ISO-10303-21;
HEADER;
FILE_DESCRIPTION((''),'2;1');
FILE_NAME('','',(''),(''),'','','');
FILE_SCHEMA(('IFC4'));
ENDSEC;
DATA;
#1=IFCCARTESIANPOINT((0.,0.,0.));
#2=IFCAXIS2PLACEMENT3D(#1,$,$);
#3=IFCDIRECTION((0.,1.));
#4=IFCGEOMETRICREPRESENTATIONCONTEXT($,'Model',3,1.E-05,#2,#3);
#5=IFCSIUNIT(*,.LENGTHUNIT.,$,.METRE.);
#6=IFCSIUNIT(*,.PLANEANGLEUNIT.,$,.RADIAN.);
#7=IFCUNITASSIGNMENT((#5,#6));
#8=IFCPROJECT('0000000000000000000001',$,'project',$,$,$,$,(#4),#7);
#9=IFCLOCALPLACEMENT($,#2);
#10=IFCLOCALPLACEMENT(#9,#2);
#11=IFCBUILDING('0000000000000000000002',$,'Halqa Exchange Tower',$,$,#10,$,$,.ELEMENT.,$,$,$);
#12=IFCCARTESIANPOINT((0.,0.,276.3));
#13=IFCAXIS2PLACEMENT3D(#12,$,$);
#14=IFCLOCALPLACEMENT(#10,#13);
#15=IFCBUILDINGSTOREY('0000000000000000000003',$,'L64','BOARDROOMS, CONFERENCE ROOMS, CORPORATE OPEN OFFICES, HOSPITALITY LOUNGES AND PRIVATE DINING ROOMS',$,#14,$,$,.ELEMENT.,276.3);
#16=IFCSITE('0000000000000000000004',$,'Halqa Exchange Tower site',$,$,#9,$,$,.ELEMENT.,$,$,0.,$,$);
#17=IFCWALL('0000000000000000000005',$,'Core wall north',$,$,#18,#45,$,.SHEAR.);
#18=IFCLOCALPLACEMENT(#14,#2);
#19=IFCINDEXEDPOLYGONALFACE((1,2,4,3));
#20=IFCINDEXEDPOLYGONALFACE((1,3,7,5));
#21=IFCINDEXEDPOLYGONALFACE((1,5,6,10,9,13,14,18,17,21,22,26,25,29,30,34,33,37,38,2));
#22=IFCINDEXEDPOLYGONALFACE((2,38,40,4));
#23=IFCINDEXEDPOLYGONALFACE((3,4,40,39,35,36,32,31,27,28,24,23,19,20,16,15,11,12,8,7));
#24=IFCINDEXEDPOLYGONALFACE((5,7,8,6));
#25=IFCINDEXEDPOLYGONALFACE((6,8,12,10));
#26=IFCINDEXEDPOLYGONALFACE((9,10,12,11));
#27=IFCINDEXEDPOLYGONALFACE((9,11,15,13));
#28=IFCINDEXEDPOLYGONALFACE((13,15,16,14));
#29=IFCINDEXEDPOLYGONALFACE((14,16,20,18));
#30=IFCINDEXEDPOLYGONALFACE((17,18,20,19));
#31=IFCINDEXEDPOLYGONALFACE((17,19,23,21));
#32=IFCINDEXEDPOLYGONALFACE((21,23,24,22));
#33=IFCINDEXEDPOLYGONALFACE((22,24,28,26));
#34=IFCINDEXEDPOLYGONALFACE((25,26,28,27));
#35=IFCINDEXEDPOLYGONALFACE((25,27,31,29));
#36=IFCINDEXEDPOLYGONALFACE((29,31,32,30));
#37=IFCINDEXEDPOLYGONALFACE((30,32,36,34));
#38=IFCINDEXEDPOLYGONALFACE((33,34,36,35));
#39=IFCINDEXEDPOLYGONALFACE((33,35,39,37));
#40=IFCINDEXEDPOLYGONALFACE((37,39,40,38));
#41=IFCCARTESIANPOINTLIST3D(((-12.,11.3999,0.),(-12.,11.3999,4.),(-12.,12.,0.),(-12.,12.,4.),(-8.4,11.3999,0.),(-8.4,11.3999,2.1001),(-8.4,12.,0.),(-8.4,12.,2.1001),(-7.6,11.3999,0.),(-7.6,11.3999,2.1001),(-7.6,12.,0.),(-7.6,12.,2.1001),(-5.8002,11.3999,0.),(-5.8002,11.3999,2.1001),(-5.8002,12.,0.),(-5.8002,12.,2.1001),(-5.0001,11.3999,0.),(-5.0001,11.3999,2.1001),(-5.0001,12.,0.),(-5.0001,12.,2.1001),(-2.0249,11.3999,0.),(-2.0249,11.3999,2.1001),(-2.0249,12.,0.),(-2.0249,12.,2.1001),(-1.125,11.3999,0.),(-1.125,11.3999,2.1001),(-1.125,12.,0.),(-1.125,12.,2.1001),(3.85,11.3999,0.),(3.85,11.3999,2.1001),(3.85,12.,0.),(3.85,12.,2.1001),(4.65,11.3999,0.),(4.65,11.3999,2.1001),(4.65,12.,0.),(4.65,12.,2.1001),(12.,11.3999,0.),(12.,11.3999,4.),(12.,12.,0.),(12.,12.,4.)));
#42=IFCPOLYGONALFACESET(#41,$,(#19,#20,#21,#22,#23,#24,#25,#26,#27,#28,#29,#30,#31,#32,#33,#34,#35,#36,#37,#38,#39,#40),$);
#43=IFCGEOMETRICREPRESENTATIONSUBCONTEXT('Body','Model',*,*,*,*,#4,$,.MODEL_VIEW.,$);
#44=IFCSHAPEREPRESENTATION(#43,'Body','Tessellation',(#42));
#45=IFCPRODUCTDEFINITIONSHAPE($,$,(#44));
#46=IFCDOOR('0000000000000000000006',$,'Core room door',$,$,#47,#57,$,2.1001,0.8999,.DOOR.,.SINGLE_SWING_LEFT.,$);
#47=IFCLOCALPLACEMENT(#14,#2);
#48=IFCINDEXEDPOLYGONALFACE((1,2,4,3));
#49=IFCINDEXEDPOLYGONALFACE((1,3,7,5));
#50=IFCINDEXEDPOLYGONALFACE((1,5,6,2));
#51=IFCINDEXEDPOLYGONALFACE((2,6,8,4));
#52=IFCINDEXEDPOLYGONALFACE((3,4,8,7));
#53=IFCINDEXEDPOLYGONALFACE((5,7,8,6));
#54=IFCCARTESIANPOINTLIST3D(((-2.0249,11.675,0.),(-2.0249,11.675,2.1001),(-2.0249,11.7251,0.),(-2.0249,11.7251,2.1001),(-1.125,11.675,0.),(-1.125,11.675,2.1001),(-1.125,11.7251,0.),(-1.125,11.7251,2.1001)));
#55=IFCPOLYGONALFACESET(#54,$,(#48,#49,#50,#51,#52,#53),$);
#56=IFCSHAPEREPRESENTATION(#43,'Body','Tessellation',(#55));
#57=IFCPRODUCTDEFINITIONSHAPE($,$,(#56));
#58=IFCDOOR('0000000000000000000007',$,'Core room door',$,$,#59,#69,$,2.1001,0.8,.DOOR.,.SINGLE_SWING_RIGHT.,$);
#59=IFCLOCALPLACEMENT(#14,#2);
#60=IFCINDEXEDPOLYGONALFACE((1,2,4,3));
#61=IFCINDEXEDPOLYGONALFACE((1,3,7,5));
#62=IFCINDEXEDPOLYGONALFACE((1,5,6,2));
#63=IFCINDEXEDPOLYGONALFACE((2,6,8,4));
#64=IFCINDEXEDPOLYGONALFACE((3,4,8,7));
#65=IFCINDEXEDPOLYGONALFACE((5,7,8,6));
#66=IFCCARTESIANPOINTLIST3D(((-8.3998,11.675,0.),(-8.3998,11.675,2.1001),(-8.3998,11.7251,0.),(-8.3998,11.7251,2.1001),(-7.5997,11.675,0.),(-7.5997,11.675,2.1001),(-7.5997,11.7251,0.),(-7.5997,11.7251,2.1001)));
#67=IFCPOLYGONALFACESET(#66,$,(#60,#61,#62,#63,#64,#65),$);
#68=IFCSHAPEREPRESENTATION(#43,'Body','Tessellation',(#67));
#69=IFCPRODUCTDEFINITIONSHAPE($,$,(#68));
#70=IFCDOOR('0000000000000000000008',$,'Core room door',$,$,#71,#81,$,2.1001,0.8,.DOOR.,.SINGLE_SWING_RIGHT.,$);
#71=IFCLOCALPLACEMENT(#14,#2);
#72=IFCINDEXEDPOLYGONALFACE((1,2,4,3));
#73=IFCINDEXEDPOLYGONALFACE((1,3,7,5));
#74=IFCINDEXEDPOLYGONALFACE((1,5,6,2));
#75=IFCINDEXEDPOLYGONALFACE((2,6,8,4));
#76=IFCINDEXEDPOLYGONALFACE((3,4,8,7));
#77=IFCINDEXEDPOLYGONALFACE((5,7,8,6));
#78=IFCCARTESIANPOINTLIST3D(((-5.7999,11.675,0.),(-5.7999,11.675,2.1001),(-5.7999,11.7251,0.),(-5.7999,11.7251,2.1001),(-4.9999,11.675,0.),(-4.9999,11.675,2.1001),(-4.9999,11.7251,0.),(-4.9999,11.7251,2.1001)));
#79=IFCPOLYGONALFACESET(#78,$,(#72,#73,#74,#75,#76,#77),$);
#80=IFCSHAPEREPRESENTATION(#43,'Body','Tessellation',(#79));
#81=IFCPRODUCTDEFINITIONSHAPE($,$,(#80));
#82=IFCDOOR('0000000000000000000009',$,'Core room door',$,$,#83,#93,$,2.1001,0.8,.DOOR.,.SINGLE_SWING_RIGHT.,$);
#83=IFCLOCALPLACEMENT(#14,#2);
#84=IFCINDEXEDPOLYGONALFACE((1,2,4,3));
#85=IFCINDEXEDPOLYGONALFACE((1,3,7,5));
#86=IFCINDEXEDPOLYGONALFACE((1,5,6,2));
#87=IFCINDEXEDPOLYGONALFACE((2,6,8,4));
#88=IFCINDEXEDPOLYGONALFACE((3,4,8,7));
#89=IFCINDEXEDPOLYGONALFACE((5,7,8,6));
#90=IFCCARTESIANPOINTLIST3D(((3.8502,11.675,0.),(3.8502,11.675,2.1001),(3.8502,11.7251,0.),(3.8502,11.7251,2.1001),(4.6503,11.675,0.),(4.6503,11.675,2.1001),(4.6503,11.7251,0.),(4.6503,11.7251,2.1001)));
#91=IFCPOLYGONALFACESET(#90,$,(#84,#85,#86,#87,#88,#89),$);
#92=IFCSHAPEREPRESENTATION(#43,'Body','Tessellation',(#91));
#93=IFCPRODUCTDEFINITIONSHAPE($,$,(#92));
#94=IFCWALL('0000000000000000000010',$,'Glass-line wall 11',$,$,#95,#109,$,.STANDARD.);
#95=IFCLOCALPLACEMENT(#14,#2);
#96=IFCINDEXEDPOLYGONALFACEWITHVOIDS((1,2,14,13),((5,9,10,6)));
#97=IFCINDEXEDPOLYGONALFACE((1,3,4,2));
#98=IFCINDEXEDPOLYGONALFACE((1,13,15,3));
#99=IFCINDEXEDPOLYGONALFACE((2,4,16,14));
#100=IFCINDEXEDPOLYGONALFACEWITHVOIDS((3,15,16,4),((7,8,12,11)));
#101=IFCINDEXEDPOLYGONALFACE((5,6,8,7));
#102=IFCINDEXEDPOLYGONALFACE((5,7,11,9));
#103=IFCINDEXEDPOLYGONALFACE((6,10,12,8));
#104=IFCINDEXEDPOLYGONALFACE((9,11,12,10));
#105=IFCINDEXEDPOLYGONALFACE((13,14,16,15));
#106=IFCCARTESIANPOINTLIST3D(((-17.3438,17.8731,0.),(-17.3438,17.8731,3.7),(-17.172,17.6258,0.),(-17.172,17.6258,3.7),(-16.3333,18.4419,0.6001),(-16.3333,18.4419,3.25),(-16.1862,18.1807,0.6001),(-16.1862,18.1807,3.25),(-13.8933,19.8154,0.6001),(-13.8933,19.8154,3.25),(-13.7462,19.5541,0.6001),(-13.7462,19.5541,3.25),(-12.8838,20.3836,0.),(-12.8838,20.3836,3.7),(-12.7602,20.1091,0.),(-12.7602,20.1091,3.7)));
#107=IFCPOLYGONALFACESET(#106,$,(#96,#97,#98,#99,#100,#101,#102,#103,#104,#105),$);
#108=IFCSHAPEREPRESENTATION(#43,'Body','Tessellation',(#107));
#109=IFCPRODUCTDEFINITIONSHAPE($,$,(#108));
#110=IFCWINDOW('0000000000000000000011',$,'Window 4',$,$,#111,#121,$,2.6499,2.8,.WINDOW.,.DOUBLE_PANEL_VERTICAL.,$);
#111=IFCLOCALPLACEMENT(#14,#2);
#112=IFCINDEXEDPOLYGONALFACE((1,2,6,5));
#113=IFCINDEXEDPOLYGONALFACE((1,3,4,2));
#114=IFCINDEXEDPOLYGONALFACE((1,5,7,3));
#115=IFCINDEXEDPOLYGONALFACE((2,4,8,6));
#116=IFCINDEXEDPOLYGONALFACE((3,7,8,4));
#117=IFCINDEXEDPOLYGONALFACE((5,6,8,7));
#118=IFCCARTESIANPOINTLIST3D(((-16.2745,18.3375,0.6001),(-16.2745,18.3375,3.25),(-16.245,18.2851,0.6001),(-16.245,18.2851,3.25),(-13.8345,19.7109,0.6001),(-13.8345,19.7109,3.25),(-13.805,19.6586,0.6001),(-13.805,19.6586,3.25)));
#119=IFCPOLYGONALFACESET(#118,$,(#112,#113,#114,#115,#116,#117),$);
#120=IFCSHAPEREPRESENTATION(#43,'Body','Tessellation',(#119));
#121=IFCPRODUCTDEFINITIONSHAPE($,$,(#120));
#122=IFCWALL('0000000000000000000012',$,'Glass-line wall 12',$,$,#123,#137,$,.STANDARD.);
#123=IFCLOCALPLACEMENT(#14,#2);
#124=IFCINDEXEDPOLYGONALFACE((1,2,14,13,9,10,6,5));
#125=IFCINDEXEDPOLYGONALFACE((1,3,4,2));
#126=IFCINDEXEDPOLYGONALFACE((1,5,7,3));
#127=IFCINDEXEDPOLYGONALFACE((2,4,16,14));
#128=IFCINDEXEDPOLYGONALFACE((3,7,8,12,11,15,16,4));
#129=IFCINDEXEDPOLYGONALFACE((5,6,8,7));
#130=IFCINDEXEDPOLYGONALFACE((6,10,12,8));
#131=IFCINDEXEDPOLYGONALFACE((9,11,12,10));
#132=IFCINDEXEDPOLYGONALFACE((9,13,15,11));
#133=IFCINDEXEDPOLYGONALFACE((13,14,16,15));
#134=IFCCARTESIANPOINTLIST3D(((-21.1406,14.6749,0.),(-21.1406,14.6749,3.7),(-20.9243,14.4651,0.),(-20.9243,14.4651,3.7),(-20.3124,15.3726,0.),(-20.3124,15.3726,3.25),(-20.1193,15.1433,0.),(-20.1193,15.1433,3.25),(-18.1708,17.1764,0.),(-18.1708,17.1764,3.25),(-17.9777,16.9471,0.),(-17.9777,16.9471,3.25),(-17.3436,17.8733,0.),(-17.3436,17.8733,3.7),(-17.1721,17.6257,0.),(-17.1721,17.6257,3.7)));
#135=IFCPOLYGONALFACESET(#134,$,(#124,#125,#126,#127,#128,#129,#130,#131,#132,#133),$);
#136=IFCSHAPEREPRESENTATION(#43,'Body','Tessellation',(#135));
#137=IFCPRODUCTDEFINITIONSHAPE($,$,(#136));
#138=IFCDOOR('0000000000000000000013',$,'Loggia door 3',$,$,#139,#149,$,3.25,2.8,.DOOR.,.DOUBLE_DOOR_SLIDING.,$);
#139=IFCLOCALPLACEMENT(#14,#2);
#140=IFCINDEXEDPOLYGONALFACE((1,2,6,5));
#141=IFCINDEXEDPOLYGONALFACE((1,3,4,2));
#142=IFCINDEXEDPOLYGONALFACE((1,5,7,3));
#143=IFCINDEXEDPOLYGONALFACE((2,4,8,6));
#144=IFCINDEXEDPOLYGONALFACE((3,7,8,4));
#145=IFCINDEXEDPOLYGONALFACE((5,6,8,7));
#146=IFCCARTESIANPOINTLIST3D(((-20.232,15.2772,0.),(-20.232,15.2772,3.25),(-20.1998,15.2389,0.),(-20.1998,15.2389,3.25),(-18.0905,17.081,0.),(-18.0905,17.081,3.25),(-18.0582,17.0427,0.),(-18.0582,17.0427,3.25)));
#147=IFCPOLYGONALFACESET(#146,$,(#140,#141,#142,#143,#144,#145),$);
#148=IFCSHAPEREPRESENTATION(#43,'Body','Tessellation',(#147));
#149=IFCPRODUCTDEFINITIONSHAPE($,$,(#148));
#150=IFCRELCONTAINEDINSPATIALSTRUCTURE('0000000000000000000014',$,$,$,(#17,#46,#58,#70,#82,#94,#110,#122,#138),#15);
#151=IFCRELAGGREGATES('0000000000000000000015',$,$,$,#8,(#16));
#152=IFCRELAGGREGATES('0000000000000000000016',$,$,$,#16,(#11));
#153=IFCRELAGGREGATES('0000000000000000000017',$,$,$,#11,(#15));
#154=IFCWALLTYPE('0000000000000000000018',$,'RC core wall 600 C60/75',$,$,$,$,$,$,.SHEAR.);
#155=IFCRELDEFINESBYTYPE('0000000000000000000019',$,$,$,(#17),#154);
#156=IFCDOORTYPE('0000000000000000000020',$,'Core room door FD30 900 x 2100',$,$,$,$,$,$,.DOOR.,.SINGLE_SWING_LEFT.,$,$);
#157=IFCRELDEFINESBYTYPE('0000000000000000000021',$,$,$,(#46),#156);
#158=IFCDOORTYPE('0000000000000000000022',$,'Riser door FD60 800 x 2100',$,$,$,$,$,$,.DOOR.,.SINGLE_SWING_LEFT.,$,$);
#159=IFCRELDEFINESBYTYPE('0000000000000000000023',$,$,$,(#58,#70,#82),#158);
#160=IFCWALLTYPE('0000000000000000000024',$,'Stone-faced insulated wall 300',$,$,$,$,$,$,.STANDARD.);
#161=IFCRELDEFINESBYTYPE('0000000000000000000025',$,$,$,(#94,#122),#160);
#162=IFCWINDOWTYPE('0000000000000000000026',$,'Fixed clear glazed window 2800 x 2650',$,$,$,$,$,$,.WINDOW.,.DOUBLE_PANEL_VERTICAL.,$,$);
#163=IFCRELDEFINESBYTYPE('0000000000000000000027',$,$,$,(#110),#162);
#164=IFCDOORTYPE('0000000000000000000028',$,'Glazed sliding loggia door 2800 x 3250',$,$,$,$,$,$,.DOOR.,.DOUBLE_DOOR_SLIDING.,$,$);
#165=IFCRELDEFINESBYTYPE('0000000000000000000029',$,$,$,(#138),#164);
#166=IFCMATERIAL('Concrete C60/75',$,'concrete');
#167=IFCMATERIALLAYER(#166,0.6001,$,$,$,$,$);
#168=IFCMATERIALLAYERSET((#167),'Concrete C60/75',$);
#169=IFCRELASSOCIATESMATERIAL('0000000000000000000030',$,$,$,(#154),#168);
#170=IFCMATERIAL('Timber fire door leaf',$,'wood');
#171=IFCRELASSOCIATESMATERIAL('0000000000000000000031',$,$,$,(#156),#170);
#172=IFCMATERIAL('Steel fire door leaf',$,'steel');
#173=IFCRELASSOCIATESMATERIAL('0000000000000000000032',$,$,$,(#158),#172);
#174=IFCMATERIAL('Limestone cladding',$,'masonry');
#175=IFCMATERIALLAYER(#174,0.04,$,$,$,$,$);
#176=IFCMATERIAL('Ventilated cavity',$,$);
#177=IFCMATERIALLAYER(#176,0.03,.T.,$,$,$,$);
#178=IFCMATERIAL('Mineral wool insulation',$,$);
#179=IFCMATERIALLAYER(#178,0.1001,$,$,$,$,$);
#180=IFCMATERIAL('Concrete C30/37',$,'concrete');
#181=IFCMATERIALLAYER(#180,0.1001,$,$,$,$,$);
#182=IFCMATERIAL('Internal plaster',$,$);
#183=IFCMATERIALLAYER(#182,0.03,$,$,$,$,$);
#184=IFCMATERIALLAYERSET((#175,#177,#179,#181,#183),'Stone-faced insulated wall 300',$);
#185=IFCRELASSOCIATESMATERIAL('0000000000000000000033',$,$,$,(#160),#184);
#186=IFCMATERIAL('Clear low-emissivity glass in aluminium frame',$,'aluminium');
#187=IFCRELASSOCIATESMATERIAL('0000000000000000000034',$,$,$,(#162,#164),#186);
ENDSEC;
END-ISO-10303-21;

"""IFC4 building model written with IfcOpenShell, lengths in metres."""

from ifc_helpers import new_model, si_unit, direction, frame, frame_2d, origin, place, context, subcontext, project, spatial, polyline, rectangle, outline, extrude, material, layer, layer_set, type_object, element, fill, save


model = new_model("IFC4")

# Units and contexts
model_context = context("Model", 3, precision=1e-05, world=origin(), true_north=direction((0.0, 1.0)))
body_context = subcontext(model_context, "Body", "Model", "MODEL_VIEW")
ifc_project = project(units=[si_unit("LENGTHUNIT", "METRE"), si_unit("PLANEANGLEUNIT", "RADIAN")], contexts=[model_context])

# Site, building, storey
site_placement = place(None, origin())
site = spatial("IfcSite", under=ifc_project, at=site_placement, Name="Halqa Exchange Tower site", CompositionType="ELEMENT", RefElevation=0.0)
building_placement = place(site_placement, origin())
building = spatial("IfcBuilding", under=site, at=building_placement, Name="Halqa Exchange Tower", CompositionType="ELEMENT")
storey_placement = place(building_placement, frame((0.0, 0.0, 276.3)))
storey = spatial("IfcBuildingStorey", under=building, at=storey_placement, Name="L64", Description="BOARDROOMS, CONFERENCE ROOMS, CORPORATE OPEN OFFICES, HOSPITALITY LOUNGES AND PRIVATE DINING ROOMS", CompositionType="ELEMENT", Elevation=276.3)

# Shared definitions
ifc_material_1 = material(Name="Concrete C60/75", Category="concrete")

# Wall, openings, doors
ifc_material_2 = material(Name="Steel fire door leaf", Category="steel")
ifc_layer_1 = layer(ifc_material_1, 0.6001)
ifc_layer_set_1 = layer_set([ifc_layer_1], Name="Concrete C60/75")
wall_type_1 = type_object("IfcWallType", Name="RC core wall 600 C60/75", PredefinedType="SHEAR", material=ifc_layer_set_1)
wall_1_placement = place(storey_placement, frame((-12.0, 11.7, 0.0), z_axis=(0.0, 0.0, 1.0), x_axis=(1.0, 0.0, 0.0)))
wall_1 = element("IfcWall", 1, at=wall_1_placement, inside=storey, type_object=wall_type_1, Name="Core wall north", PredefinedType="SHEAR", context=body_context, shape_type="SweptSolid", body=[
    extrude(rectangle(XDim=24.0, YDim=0.6001, at=frame_2d((12.0, 0.0))), origin(), (0.0, 0.0, 1.0), 4.0),
])
opening_1_placement = place(wall_1_placement, frame((9.9751, 0.0, 0.0)))
opening_1 = element("IfcOpeningElement", 2, at=opening_1_placement, cuts=wall_1, PredefinedType="OPENING", context=body_context, shape_type="SweptSolid", body=[
    extrude(rectangle(XDim=0.8999, YDim=2.1001, at=frame_2d((0.45, 1.05))), frame((0.0, 0.312, 0.0), z_axis=(0.0, -1.0, 0.0), x_axis=(1.0, 0.0, 0.0)), (0.0, 0.0, 1.0), 0.624),
])
opening_2_placement = place(wall_1_placement, frame((3.6001, 0.0, 0.0)))
opening_2 = element("IfcOpeningElement", 3, at=opening_2_placement, cuts=wall_1, PredefinedType="OPENING", context=body_context, shape_type="SweptSolid", body=[
    extrude(rectangle(XDim=0.8, YDim=2.1001, at=frame_2d((0.3999, 1.05))), frame((0.0, 0.312, 0.0), z_axis=(0.0, -1.0, 0.0), x_axis=(1.0, 0.0, 0.0)), (0.0, 0.0, 1.0), 0.624),
])
opening_3_placement = place(wall_1_placement, frame((6.2, 0.0, 0.0)))
opening_3 = element("IfcOpeningElement", 4, at=opening_3_placement, cuts=wall_1, PredefinedType="OPENING", context=body_context, shape_type="SweptSolid", body=[
    extrude(rectangle(XDim=0.8, YDim=2.1001, at=frame_2d((0.3999, 1.05))), frame((0.0, 0.312, 0.0), z_axis=(0.0, -1.0, 0.0), x_axis=(1.0, 0.0, 0.0)), (0.0, 0.0, 1.0), 0.624),
])
opening_4_placement = place(wall_1_placement, frame((15.8501, 0.0, 0.0)))
opening_4 = element("IfcOpeningElement", 5, at=opening_4_placement, cuts=wall_1, PredefinedType="OPENING", context=body_context, shape_type="SweptSolid", body=[
    extrude(rectangle(XDim=0.8, YDim=2.1001, at=frame_2d((0.3999, 1.05))), frame((0.0, 0.312, 0.0), z_axis=(0.0, -1.0, 0.0), x_axis=(1.0, 0.0, 0.0)), (0.0, 0.0, 1.0), 0.624),
])
ifc_material_3 = material(Name="Timber fire door leaf", Category="wood")
door_type_1 = type_object("IfcDoorType", Name="Core room door FD30 900 x 2100", OperationType="SINGLE_SWING_LEFT", PredefinedType="DOOR", material=ifc_material_3)
door_1_placement = place(opening_1_placement, frame((0.8999, 0.0, 0.0), z_axis=(0.0, 0.0, 1.0), x_axis=(-1.0, 0.0, 0.0)))
door_1 = element("IfcDoor", 6, at=door_1_placement, inside=storey, type_object=door_type_1, Name="Core room door", OperationType="SINGLE_SWING_LEFT", OverallHeight=2.1001, OverallWidth=0.8999, PredefinedType="DOOR", context=body_context, shape_type="SweptSolid", body=[
    extrude(rectangle(XDim=0.8999, YDim=2.1001, at=frame_2d((0.45, 1.05))), frame((0.0, 0.0249, 0.0), z_axis=(0.0, -1.0, 0.0), x_axis=(1.0, 0.0, 0.0)), (0.0, 0.0, 1.0), 0.05),
])
fill(opening_1, door_1)
door_type_2 = type_object("IfcDoorType", Name="Riser door FD60 800 x 2100", OperationType="SINGLE_SWING_LEFT", PredefinedType="DOOR", material=ifc_material_2)
door_2_placement = place(opening_2_placement, frame((0.8, 0.0, 0.0), z_axis=(0.0, 0.0, 1.0), x_axis=(-1.0, 0.0, 0.0)))
door_2 = element("IfcDoor", 7, at=door_2_placement, inside=storey, type_object=door_type_2, Name="Core room door", OperationType="SINGLE_SWING_RIGHT", OverallHeight=2.1001, OverallWidth=0.8, PredefinedType="DOOR", context=body_context, shape_type="SweptSolid", body=[
    extrude(rectangle(XDim=0.8, YDim=2.1001, at=frame_2d((0.3999, 1.05))), frame((0.0, 0.0249, 0.0), z_axis=(0.0, -1.0, 0.0), x_axis=(1.0, 0.0, 0.0)), (0.0, 0.0, 1.0), 0.05),
])
fill(opening_2, door_2)
door_3_placement = place(opening_3_placement, frame((0.8, 0.0, 0.0), z_axis=(0.0, 0.0, 1.0), x_axis=(-1.0, 0.0, 0.0)))
door_3 = element("IfcDoor", 8, at=door_3_placement, inside=storey, type_object=door_type_2, Name="Core room door", OperationType="SINGLE_SWING_RIGHT", OverallHeight=2.1001, OverallWidth=0.8, PredefinedType="DOOR", context=body_context, shape_type="SweptSolid", body=[
    extrude(rectangle(XDim=0.8, YDim=2.1001, at=frame_2d((0.3999, 1.05))), frame((0.0, 0.0249, 0.0), z_axis=(0.0, -1.0, 0.0), x_axis=(1.0, 0.0, 0.0)), (0.0, 0.0, 1.0), 0.05),
])
fill(opening_3, door_3)
door_4_placement = place(opening_4_placement, frame((0.8, 0.0, 0.0), z_axis=(0.0, 0.0, 1.0), x_axis=(-1.0, 0.0, 0.0)))
door_4 = element("IfcDoor", 9, at=door_4_placement, inside=storey, type_object=door_type_2, Name="Core room door", OperationType="SINGLE_SWING_RIGHT", OverallHeight=2.1001, OverallWidth=0.8, PredefinedType="DOOR", context=body_context, shape_type="SweptSolid", body=[
    extrude(rectangle(XDim=0.8, YDim=2.1001, at=frame_2d((0.3999, 1.05))), frame((0.0, 0.0249, 0.0), z_axis=(0.0, -1.0, 0.0), x_axis=(1.0, 0.0, 0.0)), (0.0, 0.0, 1.0), 0.05),
])
fill(opening_4, door_4)

# Wall, opening, window
ifc_material_4 = material(Name="Limestone cladding", Category="masonry")
ifc_layer_2 = layer(ifc_material_4, 0.04)
ifc_material_5 = material(Name="Ventilated cavity")
ifc_layer_3 = layer(ifc_material_5, 0.03, ventilated=True)
ifc_material_6 = material(Name="Mineral wool insulation")
ifc_layer_4 = layer(ifc_material_6, 0.1001)
ifc_material_7 = material(Name="Concrete C30/37", Category="concrete")
ifc_layer_5 = layer(ifc_material_7, 0.1001)
ifc_material_8 = material(Name="Internal plaster")
ifc_layer_6 = layer(ifc_material_8, 0.03)
ifc_layer_set_2 = layer_set([ifc_layer_2, ifc_layer_3, ifc_layer_4, ifc_layer_5, ifc_layer_6], Name="Stone-faced insulated wall 300")
wall_type_2 = type_object("IfcWallType", Name="Stone-faced insulated wall 300", PredefinedType="STANDARD", material=ifc_layer_set_2)
wall_2_placement = place(storey_placement, frame((-12.822, 20.2463, 0.0), z_axis=(0.0, 0.0, 1.0), x_axis=(-0.871433, -0.490514, 0.0)))
wall_2 = element("IfcWall", 10, at=wall_2_placement, inside=storey, type_object=wall_type_2, Name="Glass-line wall 11", PredefinedType="STANDARD", context=body_context, shape_type="SweptSolid", body=[
    extrude(outline(polyline([(-0.0134, -0.1499), (5.1045, -0.1499), (5.0762, 0.1499), (0.0134, 0.1499), (-0.0134, -0.1499)])), origin(), (0.0, 0.0, 1.0), 3.7),
])
opening_5_placement = place(wall_2_placement, frame((1.145, 0.0, 0.6001)))
opening_5 = element("IfcOpeningElement", 11, at=opening_5_placement, cuts=wall_2, PredefinedType="OPENING", context=body_context, shape_type="SweptSolid", body=[
    extrude(rectangle(XDim=2.8, YDim=2.6499, at=frame_2d((1.3999, 1.325))), frame((0.0, 0.1621, 0.0), z_axis=(0.0, -1.0, 0.0), x_axis=(1.0, 0.0, 0.0)), (0.0, 0.0, 1.0), 0.324),
])
ifc_material_9 = material(Name="Clear low-emissivity glass in aluminium frame", Category="aluminium")
window_type = type_object("IfcWindowType", Name="Fixed clear glazed window 2800 x 2650", PartitioningType="DOUBLE_PANEL_VERTICAL", PredefinedType="WINDOW", material=ifc_material_9)
window_1_placement = place(opening_5_placement, origin())
window_1 = element("IfcWindow", 12, at=window_1_placement, inside=storey, type_object=window_type, Name="Window 4", OverallHeight=2.6499, OverallWidth=2.8, PartitioningType="DOUBLE_PANEL_VERTICAL", PredefinedType="WINDOW", context=body_context, shape_type="SweptSolid", body=[
    extrude(rectangle(XDim=2.8, YDim=2.6499, at=frame_2d((1.3999, 1.325))), frame((0.0, 0.03, 0.0), z_axis=(0.0, -1.0, 0.0), x_axis=(1.0, 0.0, 0.0)), (0.0, 0.0, 1.0), 0.0601),
])
fill(opening_5, window_1)

# Wall, opening, door
wall_3_placement = place(storey_placement, frame((-17.2578, 17.7495, 0.0), z_axis=(0.0, 0.0, 1.0), x_axis=(-0.764833, -0.644229, 0.0)))
wall_3 = element("IfcWall", 13, at=wall_3_placement, inside=storey, type_object=wall_type_2, Name="Glass-line wall 12", PredefinedType="STANDARD", context=body_context, shape_type="SweptSolid", body=[
    extrude(outline(polyline([(-0.0142, -0.1499), (4.9504, -0.1499), (4.9202, 0.1499), (0.0142, 0.1499), (-0.0142, -0.1499)])), origin(), (0.0, 0.0, 1.0), 3.7),
])
opening_6_placement = place(wall_3_placement, frame((1.0676, 0.0, 0.0)))
opening_6 = element("IfcOpeningElement", 14, at=opening_6_placement, cuts=wall_3, PredefinedType="OPENING", context=body_context, shape_type="SweptSolid", body=[
    extrude(rectangle(XDim=2.8, YDim=3.25, at=frame_2d((1.3999, 1.625))), frame((0.0, 0.1621, 0.0), z_axis=(0.0, -1.0, 0.0), x_axis=(1.0, 0.0, 0.0)), (0.0, 0.0, 1.0), 0.324),
])
door_type_3 = type_object("IfcDoorType", Name="Glazed sliding loggia door 2800 x 3250", OperationType="DOUBLE_DOOR_SLIDING", PredefinedType="DOOR", material=ifc_material_9)
door_5_placement = place(opening_6_placement, origin())
door_5 = element("IfcDoor", 15, at=door_5_placement, inside=storey, type_object=door_type_3, Name="Loggia door 3", OperationType="DOUBLE_DOOR_SLIDING", OverallHeight=3.25, OverallWidth=2.8, PredefinedType="DOOR", context=body_context, shape_type="SweptSolid", body=[
    extrude(rectangle(XDim=2.8, YDim=3.25, at=frame_2d((1.3999, 1.625))), frame((0.0, 0.0249, 0.0), z_axis=(0.0, -1.0, 0.0), x_axis=(1.0, 0.0, 0.0)), (0.0, 0.0, 1.0), 0.05),
])
fill(opening_6, door_5)

save(model, "model.ifc")
